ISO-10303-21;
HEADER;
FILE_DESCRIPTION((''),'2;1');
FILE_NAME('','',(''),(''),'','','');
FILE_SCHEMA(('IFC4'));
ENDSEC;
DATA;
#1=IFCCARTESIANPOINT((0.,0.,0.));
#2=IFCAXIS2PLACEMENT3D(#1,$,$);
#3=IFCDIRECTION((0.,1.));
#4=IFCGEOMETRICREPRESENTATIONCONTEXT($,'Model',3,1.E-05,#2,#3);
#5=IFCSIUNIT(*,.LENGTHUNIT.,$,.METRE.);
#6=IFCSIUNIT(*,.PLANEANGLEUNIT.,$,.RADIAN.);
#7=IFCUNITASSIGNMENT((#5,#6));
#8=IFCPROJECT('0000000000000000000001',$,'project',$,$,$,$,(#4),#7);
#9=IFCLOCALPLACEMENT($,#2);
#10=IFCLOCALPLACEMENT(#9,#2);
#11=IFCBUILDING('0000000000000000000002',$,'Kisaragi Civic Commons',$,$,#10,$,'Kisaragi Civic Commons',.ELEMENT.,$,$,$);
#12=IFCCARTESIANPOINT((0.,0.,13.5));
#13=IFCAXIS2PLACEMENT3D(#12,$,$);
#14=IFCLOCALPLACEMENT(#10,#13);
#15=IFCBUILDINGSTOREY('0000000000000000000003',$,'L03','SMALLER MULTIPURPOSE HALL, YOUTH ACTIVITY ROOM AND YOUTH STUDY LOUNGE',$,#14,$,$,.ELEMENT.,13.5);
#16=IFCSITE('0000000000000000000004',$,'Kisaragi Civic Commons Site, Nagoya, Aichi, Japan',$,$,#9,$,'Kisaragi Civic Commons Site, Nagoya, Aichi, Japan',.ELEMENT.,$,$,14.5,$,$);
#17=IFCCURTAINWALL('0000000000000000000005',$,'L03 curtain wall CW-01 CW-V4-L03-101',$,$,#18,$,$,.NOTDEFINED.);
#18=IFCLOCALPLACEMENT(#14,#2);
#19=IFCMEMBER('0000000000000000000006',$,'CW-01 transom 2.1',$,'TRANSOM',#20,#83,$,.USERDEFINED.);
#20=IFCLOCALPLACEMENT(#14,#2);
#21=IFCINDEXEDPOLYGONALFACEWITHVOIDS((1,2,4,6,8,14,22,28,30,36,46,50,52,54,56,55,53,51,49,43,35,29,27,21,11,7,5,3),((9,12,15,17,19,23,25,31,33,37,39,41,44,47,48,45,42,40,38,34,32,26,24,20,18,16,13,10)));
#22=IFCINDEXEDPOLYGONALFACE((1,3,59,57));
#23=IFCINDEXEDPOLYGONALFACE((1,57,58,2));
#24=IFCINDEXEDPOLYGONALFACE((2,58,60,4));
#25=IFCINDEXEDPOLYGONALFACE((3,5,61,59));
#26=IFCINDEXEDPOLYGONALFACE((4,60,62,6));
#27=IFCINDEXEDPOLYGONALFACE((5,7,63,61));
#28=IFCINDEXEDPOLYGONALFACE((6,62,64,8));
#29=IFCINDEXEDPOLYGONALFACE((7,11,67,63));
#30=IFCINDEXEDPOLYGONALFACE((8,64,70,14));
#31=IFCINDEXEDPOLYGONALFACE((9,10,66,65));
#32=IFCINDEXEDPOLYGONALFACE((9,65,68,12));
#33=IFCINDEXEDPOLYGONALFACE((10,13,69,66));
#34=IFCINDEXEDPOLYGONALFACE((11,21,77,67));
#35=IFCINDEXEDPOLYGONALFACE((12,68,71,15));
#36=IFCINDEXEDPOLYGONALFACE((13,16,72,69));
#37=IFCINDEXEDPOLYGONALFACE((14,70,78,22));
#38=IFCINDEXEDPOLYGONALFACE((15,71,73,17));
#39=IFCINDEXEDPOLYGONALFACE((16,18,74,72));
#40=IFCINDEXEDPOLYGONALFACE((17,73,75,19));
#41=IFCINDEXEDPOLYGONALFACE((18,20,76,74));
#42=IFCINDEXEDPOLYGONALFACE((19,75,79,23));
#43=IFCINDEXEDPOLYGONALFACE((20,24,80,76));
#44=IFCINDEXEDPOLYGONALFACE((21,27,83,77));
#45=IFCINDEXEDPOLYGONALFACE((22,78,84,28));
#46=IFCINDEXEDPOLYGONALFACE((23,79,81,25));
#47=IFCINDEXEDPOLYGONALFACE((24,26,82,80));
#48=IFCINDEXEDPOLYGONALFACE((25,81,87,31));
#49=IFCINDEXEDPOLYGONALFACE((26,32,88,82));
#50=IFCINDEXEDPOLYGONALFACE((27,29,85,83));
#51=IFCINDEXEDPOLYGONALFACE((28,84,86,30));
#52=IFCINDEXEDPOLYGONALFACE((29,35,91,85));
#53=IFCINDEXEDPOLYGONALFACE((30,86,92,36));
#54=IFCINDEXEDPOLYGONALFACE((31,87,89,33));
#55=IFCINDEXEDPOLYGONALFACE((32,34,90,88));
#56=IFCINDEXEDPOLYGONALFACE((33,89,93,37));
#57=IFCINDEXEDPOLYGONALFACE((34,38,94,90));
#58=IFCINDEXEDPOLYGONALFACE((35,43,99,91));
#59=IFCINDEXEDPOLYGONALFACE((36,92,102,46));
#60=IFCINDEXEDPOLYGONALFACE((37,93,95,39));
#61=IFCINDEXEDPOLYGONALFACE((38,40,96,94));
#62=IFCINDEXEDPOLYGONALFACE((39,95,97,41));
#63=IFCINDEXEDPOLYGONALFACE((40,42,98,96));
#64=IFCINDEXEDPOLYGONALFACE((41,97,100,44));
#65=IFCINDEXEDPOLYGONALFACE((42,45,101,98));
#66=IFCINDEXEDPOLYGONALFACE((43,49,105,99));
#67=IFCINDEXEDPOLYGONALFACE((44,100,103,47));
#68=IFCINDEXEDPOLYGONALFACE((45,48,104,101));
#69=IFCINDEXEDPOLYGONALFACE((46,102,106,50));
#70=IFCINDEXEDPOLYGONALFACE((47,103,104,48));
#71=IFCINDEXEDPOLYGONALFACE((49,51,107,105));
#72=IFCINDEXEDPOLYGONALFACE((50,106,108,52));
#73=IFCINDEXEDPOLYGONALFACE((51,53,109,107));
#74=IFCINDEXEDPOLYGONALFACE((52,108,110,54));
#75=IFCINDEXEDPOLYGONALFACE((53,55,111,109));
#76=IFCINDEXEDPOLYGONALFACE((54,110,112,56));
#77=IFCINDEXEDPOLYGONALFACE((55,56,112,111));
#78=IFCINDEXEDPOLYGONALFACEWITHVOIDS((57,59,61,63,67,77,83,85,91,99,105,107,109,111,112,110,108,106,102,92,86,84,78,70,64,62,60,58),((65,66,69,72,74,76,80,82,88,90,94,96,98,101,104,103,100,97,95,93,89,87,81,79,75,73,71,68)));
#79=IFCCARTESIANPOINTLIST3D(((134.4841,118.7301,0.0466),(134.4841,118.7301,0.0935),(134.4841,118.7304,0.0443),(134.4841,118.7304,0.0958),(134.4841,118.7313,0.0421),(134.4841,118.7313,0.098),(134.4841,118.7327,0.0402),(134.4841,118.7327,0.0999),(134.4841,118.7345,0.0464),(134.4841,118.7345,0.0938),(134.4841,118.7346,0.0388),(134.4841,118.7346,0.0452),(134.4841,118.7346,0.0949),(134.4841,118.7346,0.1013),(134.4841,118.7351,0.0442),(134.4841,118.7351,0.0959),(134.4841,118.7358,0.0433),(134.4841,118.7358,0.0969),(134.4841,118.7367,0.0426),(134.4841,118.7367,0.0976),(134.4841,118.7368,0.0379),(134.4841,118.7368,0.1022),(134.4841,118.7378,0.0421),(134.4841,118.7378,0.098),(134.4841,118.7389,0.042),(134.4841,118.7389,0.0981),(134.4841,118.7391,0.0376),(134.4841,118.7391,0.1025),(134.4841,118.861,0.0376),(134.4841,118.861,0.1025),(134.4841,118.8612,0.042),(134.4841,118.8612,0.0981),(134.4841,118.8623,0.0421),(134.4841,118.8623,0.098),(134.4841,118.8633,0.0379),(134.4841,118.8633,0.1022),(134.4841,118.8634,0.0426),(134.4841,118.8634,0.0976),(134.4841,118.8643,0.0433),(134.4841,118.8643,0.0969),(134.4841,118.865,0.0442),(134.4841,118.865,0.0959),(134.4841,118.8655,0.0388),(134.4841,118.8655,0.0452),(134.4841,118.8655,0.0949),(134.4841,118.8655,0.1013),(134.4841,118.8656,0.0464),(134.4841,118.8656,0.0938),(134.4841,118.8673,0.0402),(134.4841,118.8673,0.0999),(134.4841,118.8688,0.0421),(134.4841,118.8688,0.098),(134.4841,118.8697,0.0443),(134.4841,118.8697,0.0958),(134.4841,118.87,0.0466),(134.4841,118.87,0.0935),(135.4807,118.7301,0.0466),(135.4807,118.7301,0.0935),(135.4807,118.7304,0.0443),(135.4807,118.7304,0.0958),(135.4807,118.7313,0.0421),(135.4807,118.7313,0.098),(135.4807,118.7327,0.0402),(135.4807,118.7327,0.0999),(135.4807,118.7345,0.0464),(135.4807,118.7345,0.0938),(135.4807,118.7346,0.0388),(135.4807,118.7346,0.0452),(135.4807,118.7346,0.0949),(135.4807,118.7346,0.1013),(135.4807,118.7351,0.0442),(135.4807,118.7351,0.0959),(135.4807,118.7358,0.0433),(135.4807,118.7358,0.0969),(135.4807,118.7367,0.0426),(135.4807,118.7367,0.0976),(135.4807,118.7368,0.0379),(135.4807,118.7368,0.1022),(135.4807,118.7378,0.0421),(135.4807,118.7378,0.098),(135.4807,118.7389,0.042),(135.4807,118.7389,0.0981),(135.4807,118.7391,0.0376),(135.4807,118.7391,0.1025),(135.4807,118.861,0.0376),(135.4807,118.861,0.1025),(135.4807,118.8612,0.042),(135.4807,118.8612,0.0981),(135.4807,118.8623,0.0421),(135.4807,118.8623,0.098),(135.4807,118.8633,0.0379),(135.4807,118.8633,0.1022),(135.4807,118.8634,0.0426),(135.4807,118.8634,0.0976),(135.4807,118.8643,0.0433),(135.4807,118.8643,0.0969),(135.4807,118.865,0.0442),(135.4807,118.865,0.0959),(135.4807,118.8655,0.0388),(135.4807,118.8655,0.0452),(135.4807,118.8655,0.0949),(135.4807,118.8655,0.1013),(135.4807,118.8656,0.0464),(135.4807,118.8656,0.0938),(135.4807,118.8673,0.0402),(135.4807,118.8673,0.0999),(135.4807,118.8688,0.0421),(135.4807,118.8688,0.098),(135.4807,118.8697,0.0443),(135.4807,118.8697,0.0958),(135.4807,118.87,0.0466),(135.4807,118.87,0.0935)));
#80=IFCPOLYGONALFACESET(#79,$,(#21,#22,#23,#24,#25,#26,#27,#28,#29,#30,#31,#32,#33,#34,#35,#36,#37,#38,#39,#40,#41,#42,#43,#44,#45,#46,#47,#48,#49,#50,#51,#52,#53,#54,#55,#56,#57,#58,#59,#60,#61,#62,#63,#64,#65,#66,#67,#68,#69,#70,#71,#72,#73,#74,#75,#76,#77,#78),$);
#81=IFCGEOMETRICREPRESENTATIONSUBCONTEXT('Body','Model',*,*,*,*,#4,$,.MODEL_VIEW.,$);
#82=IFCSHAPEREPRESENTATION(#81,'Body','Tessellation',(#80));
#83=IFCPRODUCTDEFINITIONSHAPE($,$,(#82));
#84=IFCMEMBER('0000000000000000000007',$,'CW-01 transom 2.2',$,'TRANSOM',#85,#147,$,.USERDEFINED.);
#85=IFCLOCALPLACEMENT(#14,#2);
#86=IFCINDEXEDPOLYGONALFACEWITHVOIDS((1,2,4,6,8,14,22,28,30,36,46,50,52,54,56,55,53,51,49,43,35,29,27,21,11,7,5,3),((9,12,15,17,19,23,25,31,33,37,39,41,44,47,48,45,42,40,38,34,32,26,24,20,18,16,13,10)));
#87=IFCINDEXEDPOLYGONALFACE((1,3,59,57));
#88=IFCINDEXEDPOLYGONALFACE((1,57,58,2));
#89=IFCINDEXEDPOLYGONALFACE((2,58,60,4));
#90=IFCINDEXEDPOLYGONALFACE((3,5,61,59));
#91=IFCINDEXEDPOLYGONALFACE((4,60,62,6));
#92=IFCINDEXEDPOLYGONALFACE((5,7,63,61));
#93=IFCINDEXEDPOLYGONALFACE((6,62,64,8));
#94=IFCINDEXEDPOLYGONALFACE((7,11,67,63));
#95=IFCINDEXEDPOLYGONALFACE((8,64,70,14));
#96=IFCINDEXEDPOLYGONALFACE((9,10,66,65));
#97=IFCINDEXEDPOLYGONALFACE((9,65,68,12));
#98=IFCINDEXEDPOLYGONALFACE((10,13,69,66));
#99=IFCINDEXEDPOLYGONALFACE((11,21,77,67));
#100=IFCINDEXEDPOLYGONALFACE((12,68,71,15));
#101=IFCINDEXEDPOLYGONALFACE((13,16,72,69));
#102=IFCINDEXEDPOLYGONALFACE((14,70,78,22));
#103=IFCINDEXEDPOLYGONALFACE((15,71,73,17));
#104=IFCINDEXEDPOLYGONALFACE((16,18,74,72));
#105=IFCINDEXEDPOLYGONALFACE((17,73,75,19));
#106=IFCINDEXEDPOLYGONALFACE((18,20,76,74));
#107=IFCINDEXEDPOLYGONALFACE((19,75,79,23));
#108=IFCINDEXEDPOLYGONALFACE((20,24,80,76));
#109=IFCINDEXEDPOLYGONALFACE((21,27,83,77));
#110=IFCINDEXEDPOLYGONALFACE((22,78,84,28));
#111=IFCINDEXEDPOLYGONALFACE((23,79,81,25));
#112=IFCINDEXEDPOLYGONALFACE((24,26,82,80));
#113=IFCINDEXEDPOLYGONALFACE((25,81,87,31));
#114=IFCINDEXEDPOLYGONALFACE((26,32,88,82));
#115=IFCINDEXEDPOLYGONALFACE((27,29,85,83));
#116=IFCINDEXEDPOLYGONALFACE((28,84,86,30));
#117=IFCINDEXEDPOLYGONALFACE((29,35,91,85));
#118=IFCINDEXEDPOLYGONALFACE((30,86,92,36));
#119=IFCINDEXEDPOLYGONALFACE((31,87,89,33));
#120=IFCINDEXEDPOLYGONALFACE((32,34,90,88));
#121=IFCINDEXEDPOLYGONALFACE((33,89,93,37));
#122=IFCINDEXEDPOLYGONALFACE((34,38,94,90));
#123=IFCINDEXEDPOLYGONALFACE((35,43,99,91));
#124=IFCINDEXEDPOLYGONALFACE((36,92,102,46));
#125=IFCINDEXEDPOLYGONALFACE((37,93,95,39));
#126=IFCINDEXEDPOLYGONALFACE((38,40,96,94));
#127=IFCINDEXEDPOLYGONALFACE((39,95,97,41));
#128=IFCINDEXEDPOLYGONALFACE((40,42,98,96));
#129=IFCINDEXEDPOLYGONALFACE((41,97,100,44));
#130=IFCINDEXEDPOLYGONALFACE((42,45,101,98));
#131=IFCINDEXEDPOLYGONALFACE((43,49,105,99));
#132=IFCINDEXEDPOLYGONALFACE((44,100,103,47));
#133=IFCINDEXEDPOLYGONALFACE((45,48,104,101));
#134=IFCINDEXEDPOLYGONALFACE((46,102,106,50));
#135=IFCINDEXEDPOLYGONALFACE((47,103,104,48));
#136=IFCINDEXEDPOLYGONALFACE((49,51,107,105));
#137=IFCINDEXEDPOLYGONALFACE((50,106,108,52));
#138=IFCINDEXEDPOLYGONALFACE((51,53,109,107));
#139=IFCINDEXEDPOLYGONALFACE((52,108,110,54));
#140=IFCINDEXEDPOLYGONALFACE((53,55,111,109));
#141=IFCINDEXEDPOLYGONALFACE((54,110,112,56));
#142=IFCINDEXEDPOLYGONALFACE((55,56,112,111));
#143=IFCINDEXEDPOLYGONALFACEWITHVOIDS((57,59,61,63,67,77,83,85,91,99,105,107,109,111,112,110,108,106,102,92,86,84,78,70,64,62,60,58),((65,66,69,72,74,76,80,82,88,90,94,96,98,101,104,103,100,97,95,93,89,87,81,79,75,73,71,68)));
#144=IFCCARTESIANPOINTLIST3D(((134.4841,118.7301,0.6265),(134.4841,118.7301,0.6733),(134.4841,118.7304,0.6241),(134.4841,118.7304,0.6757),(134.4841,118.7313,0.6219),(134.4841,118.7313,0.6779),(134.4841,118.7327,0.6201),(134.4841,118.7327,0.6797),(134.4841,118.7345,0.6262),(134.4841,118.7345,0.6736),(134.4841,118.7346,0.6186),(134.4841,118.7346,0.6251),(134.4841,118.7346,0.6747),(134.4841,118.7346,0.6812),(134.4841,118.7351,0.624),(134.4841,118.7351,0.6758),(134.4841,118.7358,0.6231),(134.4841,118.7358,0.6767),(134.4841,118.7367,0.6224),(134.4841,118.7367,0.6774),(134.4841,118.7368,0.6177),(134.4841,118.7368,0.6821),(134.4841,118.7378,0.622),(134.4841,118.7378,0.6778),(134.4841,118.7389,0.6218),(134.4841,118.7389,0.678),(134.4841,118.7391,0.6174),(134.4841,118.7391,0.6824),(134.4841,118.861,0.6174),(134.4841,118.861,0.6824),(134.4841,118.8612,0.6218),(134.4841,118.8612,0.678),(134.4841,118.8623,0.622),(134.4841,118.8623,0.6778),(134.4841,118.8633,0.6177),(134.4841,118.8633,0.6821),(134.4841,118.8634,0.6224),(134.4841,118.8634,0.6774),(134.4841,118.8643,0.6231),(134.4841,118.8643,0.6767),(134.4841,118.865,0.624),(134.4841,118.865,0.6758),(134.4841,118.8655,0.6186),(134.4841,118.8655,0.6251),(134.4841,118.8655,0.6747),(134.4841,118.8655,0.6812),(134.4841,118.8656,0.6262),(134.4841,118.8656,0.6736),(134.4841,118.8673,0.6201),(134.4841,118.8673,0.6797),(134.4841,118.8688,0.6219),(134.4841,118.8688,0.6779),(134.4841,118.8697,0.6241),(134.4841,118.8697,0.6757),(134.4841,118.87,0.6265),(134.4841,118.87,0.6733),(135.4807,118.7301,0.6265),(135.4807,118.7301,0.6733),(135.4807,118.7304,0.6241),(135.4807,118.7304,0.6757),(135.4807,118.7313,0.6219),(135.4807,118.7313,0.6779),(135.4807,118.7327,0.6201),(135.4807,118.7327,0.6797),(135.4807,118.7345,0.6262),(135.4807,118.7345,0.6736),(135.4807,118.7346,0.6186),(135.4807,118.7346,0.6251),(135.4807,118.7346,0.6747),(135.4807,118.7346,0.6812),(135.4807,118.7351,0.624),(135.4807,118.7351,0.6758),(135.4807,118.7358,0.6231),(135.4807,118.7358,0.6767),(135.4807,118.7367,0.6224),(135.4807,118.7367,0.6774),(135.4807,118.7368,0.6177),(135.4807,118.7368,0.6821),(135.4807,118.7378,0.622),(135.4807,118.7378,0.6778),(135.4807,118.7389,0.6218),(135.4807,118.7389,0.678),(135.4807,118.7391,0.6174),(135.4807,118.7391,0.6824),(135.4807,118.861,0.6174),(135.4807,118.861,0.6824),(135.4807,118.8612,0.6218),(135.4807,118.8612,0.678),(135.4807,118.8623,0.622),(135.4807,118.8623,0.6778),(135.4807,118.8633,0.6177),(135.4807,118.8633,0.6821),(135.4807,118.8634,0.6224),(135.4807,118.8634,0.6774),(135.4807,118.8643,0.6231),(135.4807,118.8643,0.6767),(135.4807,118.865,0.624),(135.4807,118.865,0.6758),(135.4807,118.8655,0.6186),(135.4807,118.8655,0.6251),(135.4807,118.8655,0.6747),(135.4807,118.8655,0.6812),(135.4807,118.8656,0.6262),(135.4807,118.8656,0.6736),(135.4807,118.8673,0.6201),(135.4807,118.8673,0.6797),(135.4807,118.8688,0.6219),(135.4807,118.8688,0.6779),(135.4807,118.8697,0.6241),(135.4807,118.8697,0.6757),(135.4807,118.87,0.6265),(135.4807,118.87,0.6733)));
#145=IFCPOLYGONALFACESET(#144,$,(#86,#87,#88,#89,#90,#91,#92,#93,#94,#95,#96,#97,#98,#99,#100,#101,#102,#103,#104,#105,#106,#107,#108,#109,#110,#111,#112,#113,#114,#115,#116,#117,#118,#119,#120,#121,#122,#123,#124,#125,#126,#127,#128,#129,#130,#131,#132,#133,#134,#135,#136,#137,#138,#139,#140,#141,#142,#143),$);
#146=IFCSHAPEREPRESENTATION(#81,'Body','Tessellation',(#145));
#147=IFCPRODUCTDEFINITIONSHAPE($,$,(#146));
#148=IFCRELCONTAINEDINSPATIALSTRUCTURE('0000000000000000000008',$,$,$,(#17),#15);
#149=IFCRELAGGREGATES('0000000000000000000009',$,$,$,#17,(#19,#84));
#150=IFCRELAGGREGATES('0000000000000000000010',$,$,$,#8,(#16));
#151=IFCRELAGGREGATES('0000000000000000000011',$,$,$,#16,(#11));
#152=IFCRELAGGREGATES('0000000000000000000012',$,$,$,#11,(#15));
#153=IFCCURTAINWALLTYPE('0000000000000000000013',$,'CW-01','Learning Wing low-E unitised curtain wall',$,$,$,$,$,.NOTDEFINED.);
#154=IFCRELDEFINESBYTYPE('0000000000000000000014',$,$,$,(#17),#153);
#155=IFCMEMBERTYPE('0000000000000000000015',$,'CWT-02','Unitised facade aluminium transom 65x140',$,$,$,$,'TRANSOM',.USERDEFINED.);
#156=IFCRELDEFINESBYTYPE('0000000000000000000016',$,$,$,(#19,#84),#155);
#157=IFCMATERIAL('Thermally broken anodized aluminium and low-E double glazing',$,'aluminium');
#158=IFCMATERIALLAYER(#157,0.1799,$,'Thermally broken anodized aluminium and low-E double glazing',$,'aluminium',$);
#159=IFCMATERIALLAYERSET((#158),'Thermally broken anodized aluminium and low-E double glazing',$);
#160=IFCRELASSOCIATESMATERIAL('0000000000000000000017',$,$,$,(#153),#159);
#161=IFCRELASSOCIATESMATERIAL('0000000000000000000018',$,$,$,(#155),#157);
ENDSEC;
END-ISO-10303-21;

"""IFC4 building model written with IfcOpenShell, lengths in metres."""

from ifc_helpers import new_model, si_unit, direction, frame, origin, origin_2d, place, context, subcontext, project, spatial, hollow_rectangle, extrude, material, layer, layer_set, material_profile, profile_set, type_object, element, aggregate, save


model = new_model("IFC4")

# Units and contexts
model_context = context("Model", 3, precision=1e-05, world=origin(), true_north=direction((0.0, 1.0)))
body_context = subcontext(model_context, "Body", "Model", "MODEL_VIEW")
ifc_project = project(units=[si_unit("LENGTHUNIT", "METRE"), si_unit("PLANEANGLEUNIT", "RADIAN")], contexts=[model_context])

# Site, building, storey
site_placement = place(None, origin())
site = spatial("IfcSite", under=ifc_project, at=site_placement, Name="Kisaragi Civic Commons Site, Nagoya, Aichi, Japan", LongName="Kisaragi Civic Commons Site, Nagoya, Aichi, Japan", CompositionType="ELEMENT", RefElevation=14.5)
building_placement = place(site_placement, origin())
building = spatial("IfcBuilding", under=site, at=building_placement, Name="Kisaragi Civic Commons", LongName="Kisaragi Civic Commons", CompositionType="ELEMENT")
storey_placement = place(building_placement, frame((0.0, 0.0, 13.5)))
storey = spatial("IfcBuildingStorey", under=building, at=storey_placement, Name="L03", Description="SMALLER MULTIPURPOSE HALL, YOUTH ACTIVITY ROOM AND YOUTH STUDY LOUNGE", CompositionType="ELEMENT", Elevation=13.5)

# Curtain wall, members
ifc_material = material(Name="Thermally broken anodized aluminium and low-E double glazing", Category="aluminium")
ifc_layer_1 = layer(ifc_material, 0.1799, Name="Thermally broken anodized aluminium and low-E double glazing", Category="aluminium")
ifc_layer_set_1 = layer_set([ifc_layer_1], Name="Thermally broken anodized aluminium and low-E double glazing")
curtain_wall_type = type_object("IfcCurtainWallType", Name="CW-01", Description="Learning Wing low-E unitised curtain wall", PredefinedType="NOTDEFINED", material=ifc_layer_set_1)
curtain_wall_placement = place(storey_placement, origin())
curtain_wall = element("IfcCurtainWall", 1, at=curtain_wall_placement, inside=storey, type_object=curtain_wall_type, Name="L03 curtain wall CW-01 CW-V4-L03-101", PredefinedType="NOTDEFINED")
ifc_material_profile_1 = material_profile(ifc_material, hollow_rectangle(XDim=0.1399, YDim=0.0649, WallThickness=0.0044, InnerFilletRadius=0.0044, OuterFilletRadius=0.009, at=origin_2d()), Name="CWT-65x140x4.5", Category="aluminium")
ifc_profile_set_1 = profile_set([ifc_material_profile_1], Name="Thermally broken anodized aluminium and low-E double glazing")
member_type_1 = type_object("IfcMemberType", Name="CWT-02", Description="Unitised facade aluminium transom 65x140", ElementType="TRANSOM", PredefinedType="USERDEFINED", material=ifc_profile_set_1)
member_1_placement = place(storey_placement, frame((134.4841, 118.8, 0.0701), z_axis=(1.0, 0.0, 0.0), x_axis=(0.0, 1.0, 0.0)))
member_1 = element("IfcMember", 2, at=member_1_placement, type_object=member_type_1, Name="CW-01 transom 2.1", ObjectType="TRANSOM", PredefinedType="USERDEFINED", context=body_context, shape_type="SweptSolid", body=[
    extrude(hollow_rectangle(XDim=0.1399, YDim=0.0649, WallThickness=0.0044, InnerFilletRadius=0.0044, OuterFilletRadius=0.009, at=origin_2d()), origin(), (0.0, 0.0, 1.0), 0.9966),
])
member_2_placement = place(storey_placement, frame((134.4841, 118.8, 0.6499), z_axis=(1.0, 0.0, 0.0), x_axis=(0.0, 1.0, 0.0)))
member_2 = element("IfcMember", 3, at=member_2_placement, type_object=member_type_1, Name="CW-01 transom 2.2", ObjectType="TRANSOM", PredefinedType="USERDEFINED", context=body_context, shape_type="SweptSolid", body=[
    extrude(hollow_rectangle(XDim=0.1399, YDim=0.0649, WallThickness=0.0044, InnerFilletRadius=0.0044, OuterFilletRadius=0.009, at=origin_2d()), origin(), (0.0, 0.0, 1.0), 0.9966),
])
aggregate(curtain_wall, [member_1, member_2])

save(model, "model.ifc")
